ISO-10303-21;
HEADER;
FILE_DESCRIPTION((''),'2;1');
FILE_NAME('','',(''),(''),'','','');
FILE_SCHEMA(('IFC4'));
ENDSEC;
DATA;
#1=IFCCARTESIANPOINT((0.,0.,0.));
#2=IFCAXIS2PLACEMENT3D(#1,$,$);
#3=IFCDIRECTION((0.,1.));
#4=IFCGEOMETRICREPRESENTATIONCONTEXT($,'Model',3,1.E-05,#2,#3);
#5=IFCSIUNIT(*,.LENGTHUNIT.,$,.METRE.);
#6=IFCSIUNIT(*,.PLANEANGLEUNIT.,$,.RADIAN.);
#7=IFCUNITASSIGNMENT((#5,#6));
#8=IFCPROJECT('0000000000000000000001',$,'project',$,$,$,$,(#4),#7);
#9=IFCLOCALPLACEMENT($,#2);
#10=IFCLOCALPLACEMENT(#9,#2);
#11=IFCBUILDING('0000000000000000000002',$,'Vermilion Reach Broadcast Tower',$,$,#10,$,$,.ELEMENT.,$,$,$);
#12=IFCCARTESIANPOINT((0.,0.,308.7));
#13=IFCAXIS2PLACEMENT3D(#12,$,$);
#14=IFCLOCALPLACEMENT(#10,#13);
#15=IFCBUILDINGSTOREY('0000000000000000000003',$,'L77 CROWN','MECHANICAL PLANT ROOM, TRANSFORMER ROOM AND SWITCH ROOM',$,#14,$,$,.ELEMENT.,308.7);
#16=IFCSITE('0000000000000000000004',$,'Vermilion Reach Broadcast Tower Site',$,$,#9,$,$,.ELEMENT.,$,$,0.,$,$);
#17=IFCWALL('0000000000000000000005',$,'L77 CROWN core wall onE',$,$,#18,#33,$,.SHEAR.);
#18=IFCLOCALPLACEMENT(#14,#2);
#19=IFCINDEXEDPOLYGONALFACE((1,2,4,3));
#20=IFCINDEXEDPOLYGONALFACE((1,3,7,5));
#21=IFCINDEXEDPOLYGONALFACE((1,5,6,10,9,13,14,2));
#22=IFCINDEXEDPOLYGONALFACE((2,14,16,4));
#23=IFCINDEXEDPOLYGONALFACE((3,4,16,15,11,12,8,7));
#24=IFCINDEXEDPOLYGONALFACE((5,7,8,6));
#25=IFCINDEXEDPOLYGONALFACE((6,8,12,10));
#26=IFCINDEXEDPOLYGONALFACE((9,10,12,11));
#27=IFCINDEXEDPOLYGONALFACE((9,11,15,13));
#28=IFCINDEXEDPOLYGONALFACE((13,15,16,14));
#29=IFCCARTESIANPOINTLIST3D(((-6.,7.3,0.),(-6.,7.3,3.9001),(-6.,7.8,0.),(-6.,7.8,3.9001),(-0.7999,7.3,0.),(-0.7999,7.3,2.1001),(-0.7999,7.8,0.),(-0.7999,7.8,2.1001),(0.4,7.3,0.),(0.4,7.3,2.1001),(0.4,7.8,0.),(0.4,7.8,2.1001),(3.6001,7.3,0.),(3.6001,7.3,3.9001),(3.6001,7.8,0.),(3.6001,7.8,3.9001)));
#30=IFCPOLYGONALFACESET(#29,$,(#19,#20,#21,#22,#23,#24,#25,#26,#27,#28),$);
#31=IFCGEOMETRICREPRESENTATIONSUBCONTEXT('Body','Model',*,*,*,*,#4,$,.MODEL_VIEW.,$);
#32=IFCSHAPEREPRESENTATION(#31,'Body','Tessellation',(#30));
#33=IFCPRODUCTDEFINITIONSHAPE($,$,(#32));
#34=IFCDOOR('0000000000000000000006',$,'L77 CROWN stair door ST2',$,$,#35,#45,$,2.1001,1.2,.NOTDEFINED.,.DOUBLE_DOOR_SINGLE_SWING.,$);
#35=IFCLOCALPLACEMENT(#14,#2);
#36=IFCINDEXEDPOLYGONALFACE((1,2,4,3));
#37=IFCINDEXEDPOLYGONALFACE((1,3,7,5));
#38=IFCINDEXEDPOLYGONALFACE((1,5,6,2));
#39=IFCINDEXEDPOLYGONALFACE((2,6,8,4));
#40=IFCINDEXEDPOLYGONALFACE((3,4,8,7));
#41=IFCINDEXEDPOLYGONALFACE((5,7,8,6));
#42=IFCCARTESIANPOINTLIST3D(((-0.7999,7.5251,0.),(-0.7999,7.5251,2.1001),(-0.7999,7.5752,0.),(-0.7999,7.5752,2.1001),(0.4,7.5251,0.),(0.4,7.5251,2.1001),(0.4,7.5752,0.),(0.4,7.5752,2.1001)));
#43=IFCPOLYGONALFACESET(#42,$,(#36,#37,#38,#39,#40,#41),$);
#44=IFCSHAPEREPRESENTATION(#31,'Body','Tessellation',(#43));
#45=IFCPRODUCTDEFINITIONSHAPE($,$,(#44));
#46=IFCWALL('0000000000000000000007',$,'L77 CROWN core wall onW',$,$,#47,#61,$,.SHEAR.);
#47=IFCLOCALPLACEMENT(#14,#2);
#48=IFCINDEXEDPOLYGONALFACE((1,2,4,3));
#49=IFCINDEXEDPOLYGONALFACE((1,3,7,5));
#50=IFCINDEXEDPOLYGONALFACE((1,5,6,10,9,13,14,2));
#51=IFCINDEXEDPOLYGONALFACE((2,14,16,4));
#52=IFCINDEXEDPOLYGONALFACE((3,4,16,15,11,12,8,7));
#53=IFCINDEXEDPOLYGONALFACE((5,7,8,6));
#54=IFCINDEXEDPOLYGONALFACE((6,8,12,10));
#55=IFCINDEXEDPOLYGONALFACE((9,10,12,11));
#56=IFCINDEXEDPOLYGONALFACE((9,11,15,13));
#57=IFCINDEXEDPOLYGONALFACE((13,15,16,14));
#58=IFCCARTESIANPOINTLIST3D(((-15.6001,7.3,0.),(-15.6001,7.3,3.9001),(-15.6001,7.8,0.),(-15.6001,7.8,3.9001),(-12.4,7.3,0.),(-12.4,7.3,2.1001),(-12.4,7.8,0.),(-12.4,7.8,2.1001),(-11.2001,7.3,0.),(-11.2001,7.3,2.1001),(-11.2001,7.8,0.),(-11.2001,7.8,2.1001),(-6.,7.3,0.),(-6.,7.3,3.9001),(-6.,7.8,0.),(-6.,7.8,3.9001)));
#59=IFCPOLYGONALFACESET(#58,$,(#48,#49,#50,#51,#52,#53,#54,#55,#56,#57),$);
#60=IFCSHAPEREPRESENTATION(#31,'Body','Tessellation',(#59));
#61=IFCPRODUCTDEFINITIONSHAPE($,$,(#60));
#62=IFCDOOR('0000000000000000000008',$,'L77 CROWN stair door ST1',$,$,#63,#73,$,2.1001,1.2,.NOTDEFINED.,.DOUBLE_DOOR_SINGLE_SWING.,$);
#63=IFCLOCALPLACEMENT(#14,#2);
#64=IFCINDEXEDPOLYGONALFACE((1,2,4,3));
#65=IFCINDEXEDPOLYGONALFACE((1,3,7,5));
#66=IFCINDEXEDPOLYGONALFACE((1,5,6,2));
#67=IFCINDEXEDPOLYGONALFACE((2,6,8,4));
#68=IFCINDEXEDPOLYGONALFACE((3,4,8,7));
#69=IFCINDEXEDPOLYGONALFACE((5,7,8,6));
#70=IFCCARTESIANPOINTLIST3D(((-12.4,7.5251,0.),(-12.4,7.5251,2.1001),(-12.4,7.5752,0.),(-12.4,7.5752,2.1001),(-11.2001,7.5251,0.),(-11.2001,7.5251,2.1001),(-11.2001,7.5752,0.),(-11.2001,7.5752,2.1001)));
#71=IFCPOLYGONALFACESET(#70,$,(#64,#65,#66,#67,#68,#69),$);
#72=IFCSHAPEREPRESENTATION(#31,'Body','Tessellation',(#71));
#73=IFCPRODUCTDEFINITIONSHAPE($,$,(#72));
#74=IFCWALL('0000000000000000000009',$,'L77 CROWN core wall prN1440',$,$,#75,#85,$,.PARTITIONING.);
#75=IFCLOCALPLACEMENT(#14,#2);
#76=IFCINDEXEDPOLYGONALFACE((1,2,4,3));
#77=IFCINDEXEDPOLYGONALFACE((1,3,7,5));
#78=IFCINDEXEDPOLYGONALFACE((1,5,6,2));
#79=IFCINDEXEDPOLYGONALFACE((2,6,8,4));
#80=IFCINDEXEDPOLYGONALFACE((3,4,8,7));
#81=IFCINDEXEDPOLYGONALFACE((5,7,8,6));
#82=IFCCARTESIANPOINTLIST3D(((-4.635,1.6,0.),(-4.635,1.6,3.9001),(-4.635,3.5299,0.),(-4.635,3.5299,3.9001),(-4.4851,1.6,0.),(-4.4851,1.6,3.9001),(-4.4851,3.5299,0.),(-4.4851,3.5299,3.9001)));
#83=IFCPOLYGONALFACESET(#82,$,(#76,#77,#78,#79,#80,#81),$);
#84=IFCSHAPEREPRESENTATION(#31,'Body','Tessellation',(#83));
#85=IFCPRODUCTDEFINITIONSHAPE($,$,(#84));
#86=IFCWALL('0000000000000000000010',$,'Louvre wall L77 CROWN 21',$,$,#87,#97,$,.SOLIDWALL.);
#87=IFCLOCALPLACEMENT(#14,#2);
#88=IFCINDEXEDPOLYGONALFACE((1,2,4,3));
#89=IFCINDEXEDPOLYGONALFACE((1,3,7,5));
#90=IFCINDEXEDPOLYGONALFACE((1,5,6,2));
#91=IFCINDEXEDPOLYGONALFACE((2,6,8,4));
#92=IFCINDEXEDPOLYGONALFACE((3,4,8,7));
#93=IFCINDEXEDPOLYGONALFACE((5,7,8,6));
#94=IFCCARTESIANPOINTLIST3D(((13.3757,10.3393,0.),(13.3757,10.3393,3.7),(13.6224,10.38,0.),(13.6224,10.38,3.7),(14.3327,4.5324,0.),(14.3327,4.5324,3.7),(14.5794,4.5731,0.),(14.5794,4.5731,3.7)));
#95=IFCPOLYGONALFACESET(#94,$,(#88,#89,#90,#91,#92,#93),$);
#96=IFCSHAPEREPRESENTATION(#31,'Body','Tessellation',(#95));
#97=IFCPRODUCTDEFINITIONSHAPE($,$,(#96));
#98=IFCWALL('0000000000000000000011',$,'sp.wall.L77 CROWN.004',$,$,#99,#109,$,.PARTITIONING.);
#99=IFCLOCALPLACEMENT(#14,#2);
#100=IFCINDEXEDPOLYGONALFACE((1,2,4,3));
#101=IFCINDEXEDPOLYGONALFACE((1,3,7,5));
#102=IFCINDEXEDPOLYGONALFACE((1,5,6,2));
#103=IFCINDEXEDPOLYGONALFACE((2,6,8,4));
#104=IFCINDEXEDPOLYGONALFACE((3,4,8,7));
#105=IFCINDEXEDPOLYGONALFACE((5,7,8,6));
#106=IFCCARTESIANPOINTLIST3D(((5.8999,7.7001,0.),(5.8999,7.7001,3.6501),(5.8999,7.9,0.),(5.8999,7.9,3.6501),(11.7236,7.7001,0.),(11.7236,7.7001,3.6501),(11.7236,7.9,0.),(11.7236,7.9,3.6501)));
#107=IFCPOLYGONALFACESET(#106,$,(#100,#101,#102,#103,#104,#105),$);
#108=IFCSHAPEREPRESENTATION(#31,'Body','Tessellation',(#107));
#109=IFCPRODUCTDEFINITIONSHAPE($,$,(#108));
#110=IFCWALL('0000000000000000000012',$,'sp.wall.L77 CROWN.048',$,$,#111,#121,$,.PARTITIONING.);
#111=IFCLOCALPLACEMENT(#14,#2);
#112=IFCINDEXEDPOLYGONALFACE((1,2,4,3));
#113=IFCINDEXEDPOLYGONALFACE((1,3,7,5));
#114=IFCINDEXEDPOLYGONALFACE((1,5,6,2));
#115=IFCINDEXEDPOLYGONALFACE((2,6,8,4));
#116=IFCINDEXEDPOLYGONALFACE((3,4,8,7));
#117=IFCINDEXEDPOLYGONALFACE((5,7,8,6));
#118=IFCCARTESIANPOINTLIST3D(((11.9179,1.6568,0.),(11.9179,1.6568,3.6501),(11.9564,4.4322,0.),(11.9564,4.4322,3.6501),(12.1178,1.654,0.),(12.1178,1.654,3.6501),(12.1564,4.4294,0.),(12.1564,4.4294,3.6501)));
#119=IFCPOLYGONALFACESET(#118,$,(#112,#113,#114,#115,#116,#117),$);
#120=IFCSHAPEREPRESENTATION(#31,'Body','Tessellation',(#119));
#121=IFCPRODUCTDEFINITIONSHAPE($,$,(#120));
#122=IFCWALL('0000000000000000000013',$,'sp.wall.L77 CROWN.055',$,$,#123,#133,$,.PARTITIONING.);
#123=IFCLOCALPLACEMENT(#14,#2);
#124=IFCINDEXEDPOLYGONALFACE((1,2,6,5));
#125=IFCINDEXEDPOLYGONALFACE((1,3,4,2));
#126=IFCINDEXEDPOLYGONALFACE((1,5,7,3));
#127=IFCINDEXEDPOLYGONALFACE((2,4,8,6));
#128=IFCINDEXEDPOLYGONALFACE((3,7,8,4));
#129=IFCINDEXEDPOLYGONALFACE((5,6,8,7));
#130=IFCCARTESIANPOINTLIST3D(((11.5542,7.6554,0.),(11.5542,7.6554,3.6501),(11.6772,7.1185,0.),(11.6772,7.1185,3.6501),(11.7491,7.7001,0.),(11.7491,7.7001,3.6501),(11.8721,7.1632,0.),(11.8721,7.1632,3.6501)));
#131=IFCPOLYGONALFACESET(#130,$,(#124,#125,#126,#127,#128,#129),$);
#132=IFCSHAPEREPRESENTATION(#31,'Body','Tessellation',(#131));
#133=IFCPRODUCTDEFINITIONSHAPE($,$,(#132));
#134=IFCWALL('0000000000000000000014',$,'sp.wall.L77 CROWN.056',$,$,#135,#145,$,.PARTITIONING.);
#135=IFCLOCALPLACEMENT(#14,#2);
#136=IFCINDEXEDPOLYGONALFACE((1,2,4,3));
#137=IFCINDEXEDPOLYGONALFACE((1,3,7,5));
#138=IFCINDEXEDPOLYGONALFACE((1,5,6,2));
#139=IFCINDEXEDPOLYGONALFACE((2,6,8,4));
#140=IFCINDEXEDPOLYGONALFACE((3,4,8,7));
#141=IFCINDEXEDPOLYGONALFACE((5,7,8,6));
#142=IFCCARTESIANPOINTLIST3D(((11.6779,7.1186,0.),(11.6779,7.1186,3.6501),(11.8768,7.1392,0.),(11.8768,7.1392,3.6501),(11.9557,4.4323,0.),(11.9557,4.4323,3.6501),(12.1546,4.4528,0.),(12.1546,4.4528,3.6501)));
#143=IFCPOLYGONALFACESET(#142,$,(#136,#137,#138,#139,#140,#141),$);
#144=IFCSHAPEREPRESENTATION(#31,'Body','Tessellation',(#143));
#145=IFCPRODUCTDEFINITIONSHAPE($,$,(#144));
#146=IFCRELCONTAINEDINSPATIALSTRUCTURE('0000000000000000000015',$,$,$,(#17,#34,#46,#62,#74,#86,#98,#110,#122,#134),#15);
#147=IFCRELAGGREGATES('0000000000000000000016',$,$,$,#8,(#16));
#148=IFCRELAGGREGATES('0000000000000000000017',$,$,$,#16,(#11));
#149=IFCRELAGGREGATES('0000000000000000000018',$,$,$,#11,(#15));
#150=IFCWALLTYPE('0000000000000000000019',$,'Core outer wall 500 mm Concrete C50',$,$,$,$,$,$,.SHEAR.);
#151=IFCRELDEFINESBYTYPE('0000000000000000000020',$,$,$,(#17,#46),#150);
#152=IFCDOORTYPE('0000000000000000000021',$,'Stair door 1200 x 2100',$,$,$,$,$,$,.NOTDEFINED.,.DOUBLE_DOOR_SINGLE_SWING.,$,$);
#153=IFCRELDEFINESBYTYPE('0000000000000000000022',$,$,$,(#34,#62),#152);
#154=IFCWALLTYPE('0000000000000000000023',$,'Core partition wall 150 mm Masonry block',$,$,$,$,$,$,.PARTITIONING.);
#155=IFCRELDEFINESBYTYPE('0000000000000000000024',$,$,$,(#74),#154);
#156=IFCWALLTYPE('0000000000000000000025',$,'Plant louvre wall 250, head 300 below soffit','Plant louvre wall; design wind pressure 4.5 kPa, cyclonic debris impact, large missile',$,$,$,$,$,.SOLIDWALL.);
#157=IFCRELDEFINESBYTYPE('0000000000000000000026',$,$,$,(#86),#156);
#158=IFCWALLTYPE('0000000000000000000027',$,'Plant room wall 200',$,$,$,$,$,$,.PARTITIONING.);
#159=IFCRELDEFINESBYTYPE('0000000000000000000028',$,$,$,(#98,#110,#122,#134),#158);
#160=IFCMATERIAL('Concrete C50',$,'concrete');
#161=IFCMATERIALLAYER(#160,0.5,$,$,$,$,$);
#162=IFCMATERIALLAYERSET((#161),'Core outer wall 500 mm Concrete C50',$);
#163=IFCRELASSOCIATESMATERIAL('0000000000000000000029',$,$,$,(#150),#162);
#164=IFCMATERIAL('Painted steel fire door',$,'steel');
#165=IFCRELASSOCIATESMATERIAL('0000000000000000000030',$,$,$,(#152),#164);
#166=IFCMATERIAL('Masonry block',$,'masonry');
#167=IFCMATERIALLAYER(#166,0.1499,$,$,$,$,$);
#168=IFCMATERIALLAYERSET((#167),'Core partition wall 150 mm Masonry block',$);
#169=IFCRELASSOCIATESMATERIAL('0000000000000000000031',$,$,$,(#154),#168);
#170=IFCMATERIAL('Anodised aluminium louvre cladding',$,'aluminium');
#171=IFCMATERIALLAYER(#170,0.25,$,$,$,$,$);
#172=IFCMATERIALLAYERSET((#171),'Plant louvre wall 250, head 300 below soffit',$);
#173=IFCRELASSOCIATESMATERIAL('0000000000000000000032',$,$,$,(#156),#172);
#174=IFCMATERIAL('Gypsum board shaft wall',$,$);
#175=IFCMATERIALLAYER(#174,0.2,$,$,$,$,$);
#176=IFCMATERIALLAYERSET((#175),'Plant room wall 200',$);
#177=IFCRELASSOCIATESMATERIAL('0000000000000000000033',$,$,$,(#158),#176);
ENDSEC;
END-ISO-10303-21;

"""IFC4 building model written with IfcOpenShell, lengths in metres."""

from ifc_helpers import new_model, si_unit, direction, frame, frame_2d, origin, place, context, subcontext, project, spatial, rectangle, extrude, material, layer, layer_set, type_object, element, fill, save


model = new_model("IFC4")

# Units and contexts
model_context = context("Model", 3, precision=1e-05, world=origin(), true_north=direction((0.0, 1.0)))
body_context = subcontext(model_context, "Body", "Model", "MODEL_VIEW")
ifc_project = project(units=[si_unit("LENGTHUNIT", "METRE"), si_unit("PLANEANGLEUNIT", "RADIAN")], contexts=[model_context])

# Site, building, storey
site_placement = place(None, origin())
site = spatial("IfcSite", under=ifc_project, at=site_placement, Name="Vermilion Reach Broadcast Tower Site", CompositionType="ELEMENT", RefElevation=0.0)
building_placement = place(site_placement, origin())
building = spatial("IfcBuilding", under=site, at=building_placement, Name="Vermilion Reach Broadcast Tower", CompositionType="ELEMENT")
storey_placement = place(building_placement, frame((0.0, 0.0, 308.7)))
storey = spatial("IfcBuildingStorey", under=building, at=storey_placement, Name="L77 CROWN", Description="MECHANICAL PLANT ROOM, TRANSFORMER ROOM AND SWITCH ROOM", CompositionType="ELEMENT", Elevation=308.7)

# Walls, openings, doors
ifc_material_1 = material(Name="Concrete C50", Category="concrete")
ifc_layer_1 = layer(ifc_material_1, 0.5)
ifc_layer_set_1 = layer_set([ifc_layer_1], Name="Core outer wall 500 mm Concrete C50")
wall_type_1 = type_object("IfcWallType", Name="Core outer wall 500 mm Concrete C50", PredefinedType="SHEAR", material=ifc_layer_set_1)
wall_1_placement = place(storey_placement, frame((3.6001, 7.55, 0.0), z_axis=(0.0, 0.0, 1.0), x_axis=(-1.0, 0.0, 0.0)))
wall_1 = element("IfcWall", 1, at=wall_1_placement, inside=storey, type_object=wall_type_1, Name="L77 CROWN core wall onE", PredefinedType="SHEAR", context=body_context, shape_type="SweptSolid", body=[
    extrude(rectangle(XDim=9.6001, YDim=0.5, at=frame_2d((4.8, 0.0))), origin(), (0.0, 0.0, 1.0), 3.9001),
])
opening_1_placement = place(wall_1_placement, frame((3.2, 0.0, 0.0)))
opening_1 = element("IfcOpeningElement", 2, at=opening_1_placement, cuts=wall_1, PredefinedType="OPENING", context=body_context, shape_type="SweptSolid", body=[
    extrude(rectangle(XDim=1.2, YDim=2.1001, at=frame_2d((0.6001, 1.05))), frame((0.0, 0.26, 0.0), z_axis=(0.0, -1.0, 0.0), x_axis=(1.0, 0.0, 0.0)), (0.0, 0.0, 1.0), 0.52),
])
ifc_material_2 = material(Name="Painted steel fire door", Category="steel")
door_type = type_object("IfcDoorType", Name="Stair door 1200 x 2100", OperationType="DOUBLE_DOOR_SINGLE_SWING", PredefinedType="NOTDEFINED", material=ifc_material_2)
door_1_placement = place(opening_1_placement, origin())
door_1 = element("IfcDoor", 3, at=door_1_placement, inside=storey, type_object=door_type, Name="L77 CROWN stair door ST2", OperationType="DOUBLE_DOOR_SINGLE_SWING", OverallHeight=2.1001, OverallWidth=1.2, PredefinedType="NOTDEFINED", context=body_context, shape_type="SweptSolid", body=[
    extrude(rectangle(XDim=1.2, YDim=2.1001, at=frame_2d((0.6001, 1.05))), frame((0.0, 0.0249, 0.0), z_axis=(0.0, -1.0, 0.0), x_axis=(1.0, 0.0, 0.0)), (0.0, 0.0, 1.0), 0.05),
])
fill(opening_1, door_1)
wall_2_placement = place(storey_placement, frame((-6.0, 7.55, 0.0), z_axis=(0.0, 0.0, 1.0), x_axis=(-1.0, 0.0, 0.0)))
wall_2 = element("IfcWall", 4, at=wall_2_placement, inside=storey, type_object=wall_type_1, Name="L77 CROWN core wall onW", PredefinedType="SHEAR", context=body_context, shape_type="SweptSolid", body=[
    extrude(rectangle(XDim=9.6001, YDim=0.5, at=frame_2d((4.8, 0.0))), origin(), (0.0, 0.0, 1.0), 3.9001),
])
opening_2_placement = place(wall_2_placement, frame((5.2, 0.0, 0.0)))
opening_2 = element("IfcOpeningElement", 5, at=opening_2_placement, cuts=wall_2, PredefinedType="OPENING", context=body_context, shape_type="SweptSolid", body=[
    extrude(rectangle(XDim=1.2, YDim=2.1001, at=frame_2d((0.6001, 1.05))), frame((0.0, 0.26, 0.0), z_axis=(0.0, -1.0, 0.0), x_axis=(1.0, 0.0, 0.0)), (0.0, 0.0, 1.0), 0.52),
])
door_2_placement = place(opening_2_placement, origin())
door_2 = element("IfcDoor", 6, at=door_2_placement, inside=storey, type_object=door_type, Name="L77 CROWN stair door ST1", OperationType="DOUBLE_DOOR_SINGLE_SWING", OverallHeight=2.1001, OverallWidth=1.2, PredefinedType="NOTDEFINED", context=body_context, shape_type="SweptSolid", body=[
    extrude(rectangle(XDim=1.2, YDim=2.1001, at=frame_2d((0.6001, 1.05))), frame((0.0, 0.0249, 0.0), z_axis=(0.0, -1.0, 0.0), x_axis=(1.0, 0.0, 0.0)), (0.0, 0.0, 1.0), 0.05),
])
fill(opening_2, door_2)

# Walls
ifc_material_3 = material(Name="Masonry block", Category="masonry")
ifc_layer_2 = layer(ifc_material_3, 0.1499)
ifc_layer_set_2 = layer_set([ifc_layer_2], Name="Core partition wall 150 mm Masonry block")
wall_type_2 = type_object("IfcWallType", Name="Core partition wall 150 mm Masonry block", PredefinedType="PARTITIONING", material=ifc_layer_set_2)
wall_3_placement = place(storey_placement, frame((-4.5601, 1.6001, 0.0), z_axis=(0.0, 0.0, 1.0), x_axis=(0.0, 1.0, 0.0)))
element("IfcWall", 7, at=wall_3_placement, inside=storey, type_object=wall_type_2, Name="L77 CROWN core wall prN1440", PredefinedType="PARTITIONING", context=body_context, shape_type="SweptSolid", body=[
    extrude(rectangle(XDim=1.9299, YDim=0.1499, at=frame_2d((0.9648, 0.0))), origin(), (0.0, 0.0, 1.0), 3.9001),
])
ifc_material_4 = material(Name="Anodised aluminium louvre cladding", Category="aluminium")
ifc_layer_3 = layer(ifc_material_4, 0.25)
ifc_layer_set_3 = layer_set([ifc_layer_3], Name="Plant louvre wall 250, head 300 below soffit")
wall_type_3 = type_object("IfcWallType", Name="Plant louvre wall 250, head 300 below soffit", Description="Plant louvre wall; design wind pressure 4.5 kPa, cyclonic debris impact, large missile", PredefinedType="SOLIDWALL", material=ifc_layer_set_3)
wall_4_placement = place(storey_placement, frame((14.4561, 4.5527, 0.0), z_axis=(0.0, 0.0, 1.0), x_axis=(-0.162616, 0.986689, 0.0)))
element("IfcWall", 8, at=wall_4_placement, inside=storey, type_object=wall_type_3, Name="Louvre wall L77 CROWN 21", PredefinedType="SOLIDWALL", context=body_context, shape_type="SweptSolid", body=[
    extrude(rectangle(XDim=5.8853, YDim=0.25, at=frame_2d((2.9426, 0.0))), origin(), (0.0, 0.0, 1.0), 3.7),
])
ifc_material_5 = material(Name="Gypsum board shaft wall")
ifc_layer_4 = layer(ifc_material_5, 0.2)
ifc_layer_set_4 = layer_set([ifc_layer_4], Name="Plant room wall 200")
wall_type_4 = type_object("IfcWallType", Name="Plant room wall 200", PredefinedType="PARTITIONING", material=ifc_layer_set_4)
wall_5_placement = place(storey_placement, frame((5.8999, 7.8, 0.0), z_axis=(0.0, 0.0, 1.0), x_axis=(1.0, 0.0, 0.0)))
element("IfcWall", 9, at=wall_5_placement, inside=storey, type_object=wall_type_4, Name="sp.wall.L77 CROWN.004", PredefinedType="PARTITIONING", context=body_context, shape_type="SweptSolid", body=[
    extrude(rectangle(XDim=5.8237, YDim=0.2, at=frame_2d((2.9119, 0.0))), origin(), (0.0, 0.0, 1.0), 3.6501),
])
wall_6_placement = place(storey_placement, frame((12.0178, 1.6555, 0.0), z_axis=(0.0, 0.0, 1.0), x_axis=(0.013897, 0.999903, 0.0)))
element("IfcWall", 10, at=wall_6_placement, inside=storey, type_object=wall_type_4, Name="sp.wall.L77 CROWN.048", PredefinedType="PARTITIONING", context=body_context, shape_type="SweptSolid", body=[
    extrude(rectangle(XDim=2.7756, YDim=0.2, at=frame_2d((1.3877, 0.0))), origin(), (0.0, 0.0, 1.0), 3.6501),
])
wall_7_placement = place(storey_placement, frame((11.6516, 7.6777, 0.0), z_axis=(0.0, 0.0, 1.0), x_axis=(0.223402, -0.974726, 0.0)))
element("IfcWall", 11, at=wall_7_placement, inside=storey, type_object=wall_type_4, Name="sp.wall.L77 CROWN.055", PredefinedType="PARTITIONING", context=body_context, shape_type="SweptSolid", body=[
    extrude(rectangle(XDim=0.5508, YDim=0.2, at=frame_2d((0.2754, 0.0))), origin(), (0.0, 0.0, 1.0), 3.6501),
])
wall_8_placement = place(storey_placement, frame((11.7773, 7.1289, 0.0), z_axis=(0.0, 0.0, 1.0), x_axis=(0.102878, -0.994694, 0.0)))
element("IfcWall", 12, at=wall_8_placement, inside=storey, type_object=wall_type_4, Name="sp.wall.L77 CROWN.056", PredefinedType="PARTITIONING", context=body_context, shape_type="SweptSolid", body=[
    extrude(rectangle(XDim=2.7007, YDim=0.2, at=frame_2d((1.3503, 0.0))), origin(), (0.0, 0.0, 1.0), 3.6501),
])

save(model, "model.ifc")
